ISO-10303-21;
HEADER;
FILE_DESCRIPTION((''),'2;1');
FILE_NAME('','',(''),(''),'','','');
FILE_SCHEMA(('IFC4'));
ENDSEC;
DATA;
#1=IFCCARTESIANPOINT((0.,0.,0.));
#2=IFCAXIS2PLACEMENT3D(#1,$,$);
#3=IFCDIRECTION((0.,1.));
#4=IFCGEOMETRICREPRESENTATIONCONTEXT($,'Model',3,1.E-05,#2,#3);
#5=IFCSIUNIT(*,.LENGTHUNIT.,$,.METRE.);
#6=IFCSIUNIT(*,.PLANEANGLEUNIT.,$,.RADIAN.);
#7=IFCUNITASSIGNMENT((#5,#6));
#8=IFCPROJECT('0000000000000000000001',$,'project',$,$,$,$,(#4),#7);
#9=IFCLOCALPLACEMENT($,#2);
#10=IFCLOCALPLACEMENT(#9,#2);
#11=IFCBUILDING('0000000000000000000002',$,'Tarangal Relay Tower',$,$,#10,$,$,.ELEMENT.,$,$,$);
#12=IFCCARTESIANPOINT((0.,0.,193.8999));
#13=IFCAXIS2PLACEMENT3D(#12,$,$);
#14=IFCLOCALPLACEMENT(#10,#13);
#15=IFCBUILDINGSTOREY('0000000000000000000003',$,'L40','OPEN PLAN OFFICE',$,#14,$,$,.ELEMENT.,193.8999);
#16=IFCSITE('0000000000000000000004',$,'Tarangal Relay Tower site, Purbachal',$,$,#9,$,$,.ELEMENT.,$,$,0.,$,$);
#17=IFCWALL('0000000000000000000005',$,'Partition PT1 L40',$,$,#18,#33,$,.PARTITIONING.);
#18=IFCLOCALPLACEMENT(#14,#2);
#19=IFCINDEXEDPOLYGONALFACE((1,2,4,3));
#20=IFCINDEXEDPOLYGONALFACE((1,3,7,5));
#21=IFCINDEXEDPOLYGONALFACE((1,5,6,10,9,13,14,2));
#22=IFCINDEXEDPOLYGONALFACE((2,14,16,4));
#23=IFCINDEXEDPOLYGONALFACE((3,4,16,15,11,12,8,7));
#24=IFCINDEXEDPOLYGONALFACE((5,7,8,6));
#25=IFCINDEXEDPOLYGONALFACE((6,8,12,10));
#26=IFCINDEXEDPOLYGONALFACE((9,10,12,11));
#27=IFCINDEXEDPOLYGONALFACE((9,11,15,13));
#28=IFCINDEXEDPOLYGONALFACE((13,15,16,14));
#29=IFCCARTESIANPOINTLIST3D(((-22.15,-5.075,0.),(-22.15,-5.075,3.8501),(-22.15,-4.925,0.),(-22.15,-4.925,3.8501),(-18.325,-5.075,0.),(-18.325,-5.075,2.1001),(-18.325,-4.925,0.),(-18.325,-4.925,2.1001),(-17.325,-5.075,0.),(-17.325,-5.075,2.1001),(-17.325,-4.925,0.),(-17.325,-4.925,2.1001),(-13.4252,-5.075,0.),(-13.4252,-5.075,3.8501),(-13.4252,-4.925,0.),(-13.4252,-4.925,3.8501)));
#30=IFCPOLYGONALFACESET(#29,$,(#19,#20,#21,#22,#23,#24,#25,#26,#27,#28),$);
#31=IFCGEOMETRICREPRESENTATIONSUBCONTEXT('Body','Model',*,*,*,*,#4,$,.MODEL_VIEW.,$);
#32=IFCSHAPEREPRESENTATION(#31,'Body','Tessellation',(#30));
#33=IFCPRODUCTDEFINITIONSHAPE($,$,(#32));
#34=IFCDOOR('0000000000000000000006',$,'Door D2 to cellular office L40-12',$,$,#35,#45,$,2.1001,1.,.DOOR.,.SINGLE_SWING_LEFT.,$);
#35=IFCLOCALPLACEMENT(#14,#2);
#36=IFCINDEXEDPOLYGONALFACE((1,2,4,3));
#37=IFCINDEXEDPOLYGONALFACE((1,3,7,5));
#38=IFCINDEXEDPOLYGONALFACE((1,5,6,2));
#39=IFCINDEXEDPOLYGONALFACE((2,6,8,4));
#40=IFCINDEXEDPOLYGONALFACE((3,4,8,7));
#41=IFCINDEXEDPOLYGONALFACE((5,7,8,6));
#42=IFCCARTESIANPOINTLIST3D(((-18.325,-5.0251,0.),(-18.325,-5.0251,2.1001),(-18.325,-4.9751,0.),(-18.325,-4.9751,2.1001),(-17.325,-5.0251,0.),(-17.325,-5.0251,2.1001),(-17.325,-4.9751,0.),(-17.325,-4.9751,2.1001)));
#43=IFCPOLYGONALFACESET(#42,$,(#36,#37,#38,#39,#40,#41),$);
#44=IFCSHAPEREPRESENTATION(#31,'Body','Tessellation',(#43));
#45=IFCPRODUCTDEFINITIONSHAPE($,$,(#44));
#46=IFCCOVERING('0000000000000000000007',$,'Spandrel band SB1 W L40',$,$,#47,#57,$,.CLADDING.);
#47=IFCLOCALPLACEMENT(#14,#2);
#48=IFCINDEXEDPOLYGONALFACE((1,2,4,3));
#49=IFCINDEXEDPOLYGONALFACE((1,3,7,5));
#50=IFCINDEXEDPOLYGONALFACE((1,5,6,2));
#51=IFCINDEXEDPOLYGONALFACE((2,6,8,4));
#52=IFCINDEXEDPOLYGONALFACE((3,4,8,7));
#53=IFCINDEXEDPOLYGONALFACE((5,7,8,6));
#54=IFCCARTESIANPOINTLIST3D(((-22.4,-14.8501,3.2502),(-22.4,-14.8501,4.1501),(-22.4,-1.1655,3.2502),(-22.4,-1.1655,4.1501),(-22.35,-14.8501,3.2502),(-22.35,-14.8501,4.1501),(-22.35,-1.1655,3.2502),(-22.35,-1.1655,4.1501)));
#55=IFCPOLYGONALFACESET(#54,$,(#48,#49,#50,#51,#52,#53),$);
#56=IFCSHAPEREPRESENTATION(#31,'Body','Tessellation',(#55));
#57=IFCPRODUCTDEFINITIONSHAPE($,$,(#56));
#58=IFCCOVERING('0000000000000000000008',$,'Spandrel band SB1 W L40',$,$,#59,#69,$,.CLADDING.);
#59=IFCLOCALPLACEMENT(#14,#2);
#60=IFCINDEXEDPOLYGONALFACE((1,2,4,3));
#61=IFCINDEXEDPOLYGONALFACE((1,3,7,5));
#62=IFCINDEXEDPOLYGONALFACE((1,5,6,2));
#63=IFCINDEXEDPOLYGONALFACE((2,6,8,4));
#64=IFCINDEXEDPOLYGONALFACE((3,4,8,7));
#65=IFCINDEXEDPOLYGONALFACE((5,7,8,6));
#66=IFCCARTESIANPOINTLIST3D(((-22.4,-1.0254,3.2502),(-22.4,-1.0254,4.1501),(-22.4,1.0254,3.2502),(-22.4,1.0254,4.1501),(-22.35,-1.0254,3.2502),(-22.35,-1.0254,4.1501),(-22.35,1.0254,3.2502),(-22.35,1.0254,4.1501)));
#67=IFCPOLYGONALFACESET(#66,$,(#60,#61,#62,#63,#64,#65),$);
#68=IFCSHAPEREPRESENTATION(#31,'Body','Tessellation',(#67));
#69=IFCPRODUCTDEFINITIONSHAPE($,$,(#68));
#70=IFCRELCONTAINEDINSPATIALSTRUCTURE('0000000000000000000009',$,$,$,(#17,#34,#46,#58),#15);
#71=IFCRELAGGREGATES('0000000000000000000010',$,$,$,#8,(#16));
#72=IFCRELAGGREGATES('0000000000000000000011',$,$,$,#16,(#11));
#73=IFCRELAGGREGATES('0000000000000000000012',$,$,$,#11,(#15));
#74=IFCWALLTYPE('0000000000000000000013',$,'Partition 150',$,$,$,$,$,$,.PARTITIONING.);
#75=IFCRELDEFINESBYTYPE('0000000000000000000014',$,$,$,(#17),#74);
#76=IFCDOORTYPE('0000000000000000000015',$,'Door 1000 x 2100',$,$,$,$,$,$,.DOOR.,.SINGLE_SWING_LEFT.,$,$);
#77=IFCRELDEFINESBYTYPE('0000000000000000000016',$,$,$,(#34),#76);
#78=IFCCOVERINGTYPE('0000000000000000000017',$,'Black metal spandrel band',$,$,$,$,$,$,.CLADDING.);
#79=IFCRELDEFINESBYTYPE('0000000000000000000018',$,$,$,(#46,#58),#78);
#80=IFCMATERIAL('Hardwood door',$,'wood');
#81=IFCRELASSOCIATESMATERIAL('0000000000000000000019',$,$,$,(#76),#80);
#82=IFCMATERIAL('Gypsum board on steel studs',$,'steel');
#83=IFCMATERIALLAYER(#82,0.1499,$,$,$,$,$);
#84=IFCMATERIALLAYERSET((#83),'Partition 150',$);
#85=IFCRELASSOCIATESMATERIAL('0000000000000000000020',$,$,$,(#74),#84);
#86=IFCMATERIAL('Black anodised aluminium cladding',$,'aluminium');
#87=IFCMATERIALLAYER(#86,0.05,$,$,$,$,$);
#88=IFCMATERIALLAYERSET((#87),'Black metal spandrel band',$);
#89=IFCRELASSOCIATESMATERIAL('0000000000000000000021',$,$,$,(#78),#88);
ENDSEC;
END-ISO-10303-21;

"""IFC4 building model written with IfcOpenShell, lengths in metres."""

from ifc_helpers import new_model, si_unit, direction, frame, frame_2d, origin, origin_2d, place, context, subcontext, project, spatial, rectangle, extrude, material, layer, layer_set, type_object, element, fill, save


model = new_model("IFC4")

# Units and contexts
model_context = context("Model", 3, precision=1e-05, world=origin(), true_north=direction((0.0, 1.0)))
body_context = subcontext(model_context, "Body", "Model", "MODEL_VIEW")
ifc_project = project(units=[si_unit("LENGTHUNIT", "METRE"), si_unit("PLANEANGLEUNIT", "RADIAN")], contexts=[model_context])

# Site, building, storey
site_placement = place(None, origin())
site = spatial("IfcSite", under=ifc_project, at=site_placement, Name="Tarangal Relay Tower site, Purbachal", CompositionType="ELEMENT", RefElevation=0.0)
building_placement = place(site_placement, origin())
building = spatial("IfcBuilding", under=site, at=building_placement, Name="Tarangal Relay Tower", CompositionType="ELEMENT")
storey_placement = place(building_placement, frame((0.0, 0.0, 193.8999)))
storey = spatial("IfcBuildingStorey", under=building, at=storey_placement, Name="L40", Description="OPEN PLAN OFFICE", CompositionType="ELEMENT", Elevation=193.8999)

# Shared definitions
ifc_material_1 = material(Name="Hardwood door", Category="wood")
door_type = type_object("IfcDoorType", Name="Door 1000 x 2100", OperationType="SINGLE_SWING_LEFT", PredefinedType="DOOR", material=ifc_material_1)

# Wall, opening, door
ifc_material_2 = material(Name="Gypsum board on steel studs", Category="steel")
ifc_layer_1 = layer(ifc_material_2, 0.1499)
ifc_layer_set_1 = layer_set([ifc_layer_1], Name="Partition 150")
wall_type_1 = type_object("IfcWallType", Name="Partition 150", PredefinedType="PARTITIONING", material=ifc_layer_set_1)
wall_1_placement = place(storey_placement, frame((-22.1499, -5.0, 0.0), z_axis=(0.0, 0.0, 1.0), x_axis=(1.0, 0.0, 0.0)))
wall_1 = element("IfcWall", 1, at=wall_1_placement, inside=storey, type_object=wall_type_1, Name="Partition PT1 L40", PredefinedType="PARTITIONING", context=body_context, shape_type="SweptSolid", body=[
    extrude(rectangle(XDim=8.7249, YDim=0.1499, at=frame_2d((4.3623, 0.0))), origin(), (0.0, 0.0, 1.0), 3.8501),
])
opening_1_placement = place(wall_1_placement, frame((3.825, 0.0, 0.0)))
opening_1 = element("IfcOpeningElement", 2, at=opening_1_placement, cuts=wall_1, PredefinedType="OPENING", context=body_context, shape_type="SweptSolid", body=[
    extrude(rectangle(XDim=1.0, YDim=2.1001, at=frame_2d((0.5, 1.05))), frame((0.0, 0.085, 0.0), z_axis=(0.0, -1.0, 0.0), x_axis=(1.0, 0.0, 0.0)), (0.0, 0.0, 1.0), 0.1699),
])
door_1_placement = place(opening_1_placement, origin())
door_1 = element("IfcDoor", 3, at=door_1_placement, inside=storey, type_object=door_type, Name="Door D2 to cellular office L40-12", OperationType="SINGLE_SWING_LEFT", OverallHeight=2.1001, OverallWidth=1.0, PredefinedType="DOOR", context=body_context, shape_type="SweptSolid", body=[
    extrude(rectangle(XDim=1.0, YDim=2.1001, at=frame_2d((0.5, 1.05))), frame((0.0, 0.0249, 0.0), z_axis=(0.0, -1.0, 0.0), x_axis=(1.0, 0.0, 0.0)), (0.0, 0.0, 1.0), 0.05),
])
fill(opening_1, door_1)

# Coverings
ifc_material_3 = material(Name="Black anodised aluminium cladding", Category="aluminium")
ifc_layer_2 = layer(ifc_material_3, 0.05)
ifc_layer_set_2 = layer_set([ifc_layer_2], Name="Black metal spandrel band")
covering_type = type_object("IfcCoveringType", Name="Black metal spandrel band", PredefinedType="CLADDING", material=ifc_layer_set_2)
covering_1_placement = place(storey_placement, frame((-22.375, -8.0078, 3.2502), z_axis=(0.0, 0.0, 1.0), x_axis=(0.0, 1.0, 0.0)))
element("IfcCovering", 4, at=covering_1_placement, inside=storey, type_object=covering_type, Name="Spandrel band SB1 W L40", PredefinedType="CLADDING", context=body_context, shape_type="SweptSolid", body=[
    extrude(rectangle(XDim=13.6846, YDim=0.05, at=origin_2d()), origin(), (0.0, 0.0, 1.0), 0.8999),
])
covering_2_placement = place(storey_placement, frame((-22.375, 0.0, 3.2502), z_axis=(0.0, 0.0, 1.0), x_axis=(0.0, 1.0, 0.0)))
element("IfcCovering", 5, at=covering_2_placement, inside=storey, type_object=covering_type, Name="Spandrel band SB1 W L40", PredefinedType="CLADDING", context=body_context, shape_type="SweptSolid", body=[
    extrude(rectangle(XDim=2.0508, YDim=0.05, at=origin_2d()), origin(), (0.0, 0.0, 1.0), 0.8999),
])

save(model, "model.ifc")
